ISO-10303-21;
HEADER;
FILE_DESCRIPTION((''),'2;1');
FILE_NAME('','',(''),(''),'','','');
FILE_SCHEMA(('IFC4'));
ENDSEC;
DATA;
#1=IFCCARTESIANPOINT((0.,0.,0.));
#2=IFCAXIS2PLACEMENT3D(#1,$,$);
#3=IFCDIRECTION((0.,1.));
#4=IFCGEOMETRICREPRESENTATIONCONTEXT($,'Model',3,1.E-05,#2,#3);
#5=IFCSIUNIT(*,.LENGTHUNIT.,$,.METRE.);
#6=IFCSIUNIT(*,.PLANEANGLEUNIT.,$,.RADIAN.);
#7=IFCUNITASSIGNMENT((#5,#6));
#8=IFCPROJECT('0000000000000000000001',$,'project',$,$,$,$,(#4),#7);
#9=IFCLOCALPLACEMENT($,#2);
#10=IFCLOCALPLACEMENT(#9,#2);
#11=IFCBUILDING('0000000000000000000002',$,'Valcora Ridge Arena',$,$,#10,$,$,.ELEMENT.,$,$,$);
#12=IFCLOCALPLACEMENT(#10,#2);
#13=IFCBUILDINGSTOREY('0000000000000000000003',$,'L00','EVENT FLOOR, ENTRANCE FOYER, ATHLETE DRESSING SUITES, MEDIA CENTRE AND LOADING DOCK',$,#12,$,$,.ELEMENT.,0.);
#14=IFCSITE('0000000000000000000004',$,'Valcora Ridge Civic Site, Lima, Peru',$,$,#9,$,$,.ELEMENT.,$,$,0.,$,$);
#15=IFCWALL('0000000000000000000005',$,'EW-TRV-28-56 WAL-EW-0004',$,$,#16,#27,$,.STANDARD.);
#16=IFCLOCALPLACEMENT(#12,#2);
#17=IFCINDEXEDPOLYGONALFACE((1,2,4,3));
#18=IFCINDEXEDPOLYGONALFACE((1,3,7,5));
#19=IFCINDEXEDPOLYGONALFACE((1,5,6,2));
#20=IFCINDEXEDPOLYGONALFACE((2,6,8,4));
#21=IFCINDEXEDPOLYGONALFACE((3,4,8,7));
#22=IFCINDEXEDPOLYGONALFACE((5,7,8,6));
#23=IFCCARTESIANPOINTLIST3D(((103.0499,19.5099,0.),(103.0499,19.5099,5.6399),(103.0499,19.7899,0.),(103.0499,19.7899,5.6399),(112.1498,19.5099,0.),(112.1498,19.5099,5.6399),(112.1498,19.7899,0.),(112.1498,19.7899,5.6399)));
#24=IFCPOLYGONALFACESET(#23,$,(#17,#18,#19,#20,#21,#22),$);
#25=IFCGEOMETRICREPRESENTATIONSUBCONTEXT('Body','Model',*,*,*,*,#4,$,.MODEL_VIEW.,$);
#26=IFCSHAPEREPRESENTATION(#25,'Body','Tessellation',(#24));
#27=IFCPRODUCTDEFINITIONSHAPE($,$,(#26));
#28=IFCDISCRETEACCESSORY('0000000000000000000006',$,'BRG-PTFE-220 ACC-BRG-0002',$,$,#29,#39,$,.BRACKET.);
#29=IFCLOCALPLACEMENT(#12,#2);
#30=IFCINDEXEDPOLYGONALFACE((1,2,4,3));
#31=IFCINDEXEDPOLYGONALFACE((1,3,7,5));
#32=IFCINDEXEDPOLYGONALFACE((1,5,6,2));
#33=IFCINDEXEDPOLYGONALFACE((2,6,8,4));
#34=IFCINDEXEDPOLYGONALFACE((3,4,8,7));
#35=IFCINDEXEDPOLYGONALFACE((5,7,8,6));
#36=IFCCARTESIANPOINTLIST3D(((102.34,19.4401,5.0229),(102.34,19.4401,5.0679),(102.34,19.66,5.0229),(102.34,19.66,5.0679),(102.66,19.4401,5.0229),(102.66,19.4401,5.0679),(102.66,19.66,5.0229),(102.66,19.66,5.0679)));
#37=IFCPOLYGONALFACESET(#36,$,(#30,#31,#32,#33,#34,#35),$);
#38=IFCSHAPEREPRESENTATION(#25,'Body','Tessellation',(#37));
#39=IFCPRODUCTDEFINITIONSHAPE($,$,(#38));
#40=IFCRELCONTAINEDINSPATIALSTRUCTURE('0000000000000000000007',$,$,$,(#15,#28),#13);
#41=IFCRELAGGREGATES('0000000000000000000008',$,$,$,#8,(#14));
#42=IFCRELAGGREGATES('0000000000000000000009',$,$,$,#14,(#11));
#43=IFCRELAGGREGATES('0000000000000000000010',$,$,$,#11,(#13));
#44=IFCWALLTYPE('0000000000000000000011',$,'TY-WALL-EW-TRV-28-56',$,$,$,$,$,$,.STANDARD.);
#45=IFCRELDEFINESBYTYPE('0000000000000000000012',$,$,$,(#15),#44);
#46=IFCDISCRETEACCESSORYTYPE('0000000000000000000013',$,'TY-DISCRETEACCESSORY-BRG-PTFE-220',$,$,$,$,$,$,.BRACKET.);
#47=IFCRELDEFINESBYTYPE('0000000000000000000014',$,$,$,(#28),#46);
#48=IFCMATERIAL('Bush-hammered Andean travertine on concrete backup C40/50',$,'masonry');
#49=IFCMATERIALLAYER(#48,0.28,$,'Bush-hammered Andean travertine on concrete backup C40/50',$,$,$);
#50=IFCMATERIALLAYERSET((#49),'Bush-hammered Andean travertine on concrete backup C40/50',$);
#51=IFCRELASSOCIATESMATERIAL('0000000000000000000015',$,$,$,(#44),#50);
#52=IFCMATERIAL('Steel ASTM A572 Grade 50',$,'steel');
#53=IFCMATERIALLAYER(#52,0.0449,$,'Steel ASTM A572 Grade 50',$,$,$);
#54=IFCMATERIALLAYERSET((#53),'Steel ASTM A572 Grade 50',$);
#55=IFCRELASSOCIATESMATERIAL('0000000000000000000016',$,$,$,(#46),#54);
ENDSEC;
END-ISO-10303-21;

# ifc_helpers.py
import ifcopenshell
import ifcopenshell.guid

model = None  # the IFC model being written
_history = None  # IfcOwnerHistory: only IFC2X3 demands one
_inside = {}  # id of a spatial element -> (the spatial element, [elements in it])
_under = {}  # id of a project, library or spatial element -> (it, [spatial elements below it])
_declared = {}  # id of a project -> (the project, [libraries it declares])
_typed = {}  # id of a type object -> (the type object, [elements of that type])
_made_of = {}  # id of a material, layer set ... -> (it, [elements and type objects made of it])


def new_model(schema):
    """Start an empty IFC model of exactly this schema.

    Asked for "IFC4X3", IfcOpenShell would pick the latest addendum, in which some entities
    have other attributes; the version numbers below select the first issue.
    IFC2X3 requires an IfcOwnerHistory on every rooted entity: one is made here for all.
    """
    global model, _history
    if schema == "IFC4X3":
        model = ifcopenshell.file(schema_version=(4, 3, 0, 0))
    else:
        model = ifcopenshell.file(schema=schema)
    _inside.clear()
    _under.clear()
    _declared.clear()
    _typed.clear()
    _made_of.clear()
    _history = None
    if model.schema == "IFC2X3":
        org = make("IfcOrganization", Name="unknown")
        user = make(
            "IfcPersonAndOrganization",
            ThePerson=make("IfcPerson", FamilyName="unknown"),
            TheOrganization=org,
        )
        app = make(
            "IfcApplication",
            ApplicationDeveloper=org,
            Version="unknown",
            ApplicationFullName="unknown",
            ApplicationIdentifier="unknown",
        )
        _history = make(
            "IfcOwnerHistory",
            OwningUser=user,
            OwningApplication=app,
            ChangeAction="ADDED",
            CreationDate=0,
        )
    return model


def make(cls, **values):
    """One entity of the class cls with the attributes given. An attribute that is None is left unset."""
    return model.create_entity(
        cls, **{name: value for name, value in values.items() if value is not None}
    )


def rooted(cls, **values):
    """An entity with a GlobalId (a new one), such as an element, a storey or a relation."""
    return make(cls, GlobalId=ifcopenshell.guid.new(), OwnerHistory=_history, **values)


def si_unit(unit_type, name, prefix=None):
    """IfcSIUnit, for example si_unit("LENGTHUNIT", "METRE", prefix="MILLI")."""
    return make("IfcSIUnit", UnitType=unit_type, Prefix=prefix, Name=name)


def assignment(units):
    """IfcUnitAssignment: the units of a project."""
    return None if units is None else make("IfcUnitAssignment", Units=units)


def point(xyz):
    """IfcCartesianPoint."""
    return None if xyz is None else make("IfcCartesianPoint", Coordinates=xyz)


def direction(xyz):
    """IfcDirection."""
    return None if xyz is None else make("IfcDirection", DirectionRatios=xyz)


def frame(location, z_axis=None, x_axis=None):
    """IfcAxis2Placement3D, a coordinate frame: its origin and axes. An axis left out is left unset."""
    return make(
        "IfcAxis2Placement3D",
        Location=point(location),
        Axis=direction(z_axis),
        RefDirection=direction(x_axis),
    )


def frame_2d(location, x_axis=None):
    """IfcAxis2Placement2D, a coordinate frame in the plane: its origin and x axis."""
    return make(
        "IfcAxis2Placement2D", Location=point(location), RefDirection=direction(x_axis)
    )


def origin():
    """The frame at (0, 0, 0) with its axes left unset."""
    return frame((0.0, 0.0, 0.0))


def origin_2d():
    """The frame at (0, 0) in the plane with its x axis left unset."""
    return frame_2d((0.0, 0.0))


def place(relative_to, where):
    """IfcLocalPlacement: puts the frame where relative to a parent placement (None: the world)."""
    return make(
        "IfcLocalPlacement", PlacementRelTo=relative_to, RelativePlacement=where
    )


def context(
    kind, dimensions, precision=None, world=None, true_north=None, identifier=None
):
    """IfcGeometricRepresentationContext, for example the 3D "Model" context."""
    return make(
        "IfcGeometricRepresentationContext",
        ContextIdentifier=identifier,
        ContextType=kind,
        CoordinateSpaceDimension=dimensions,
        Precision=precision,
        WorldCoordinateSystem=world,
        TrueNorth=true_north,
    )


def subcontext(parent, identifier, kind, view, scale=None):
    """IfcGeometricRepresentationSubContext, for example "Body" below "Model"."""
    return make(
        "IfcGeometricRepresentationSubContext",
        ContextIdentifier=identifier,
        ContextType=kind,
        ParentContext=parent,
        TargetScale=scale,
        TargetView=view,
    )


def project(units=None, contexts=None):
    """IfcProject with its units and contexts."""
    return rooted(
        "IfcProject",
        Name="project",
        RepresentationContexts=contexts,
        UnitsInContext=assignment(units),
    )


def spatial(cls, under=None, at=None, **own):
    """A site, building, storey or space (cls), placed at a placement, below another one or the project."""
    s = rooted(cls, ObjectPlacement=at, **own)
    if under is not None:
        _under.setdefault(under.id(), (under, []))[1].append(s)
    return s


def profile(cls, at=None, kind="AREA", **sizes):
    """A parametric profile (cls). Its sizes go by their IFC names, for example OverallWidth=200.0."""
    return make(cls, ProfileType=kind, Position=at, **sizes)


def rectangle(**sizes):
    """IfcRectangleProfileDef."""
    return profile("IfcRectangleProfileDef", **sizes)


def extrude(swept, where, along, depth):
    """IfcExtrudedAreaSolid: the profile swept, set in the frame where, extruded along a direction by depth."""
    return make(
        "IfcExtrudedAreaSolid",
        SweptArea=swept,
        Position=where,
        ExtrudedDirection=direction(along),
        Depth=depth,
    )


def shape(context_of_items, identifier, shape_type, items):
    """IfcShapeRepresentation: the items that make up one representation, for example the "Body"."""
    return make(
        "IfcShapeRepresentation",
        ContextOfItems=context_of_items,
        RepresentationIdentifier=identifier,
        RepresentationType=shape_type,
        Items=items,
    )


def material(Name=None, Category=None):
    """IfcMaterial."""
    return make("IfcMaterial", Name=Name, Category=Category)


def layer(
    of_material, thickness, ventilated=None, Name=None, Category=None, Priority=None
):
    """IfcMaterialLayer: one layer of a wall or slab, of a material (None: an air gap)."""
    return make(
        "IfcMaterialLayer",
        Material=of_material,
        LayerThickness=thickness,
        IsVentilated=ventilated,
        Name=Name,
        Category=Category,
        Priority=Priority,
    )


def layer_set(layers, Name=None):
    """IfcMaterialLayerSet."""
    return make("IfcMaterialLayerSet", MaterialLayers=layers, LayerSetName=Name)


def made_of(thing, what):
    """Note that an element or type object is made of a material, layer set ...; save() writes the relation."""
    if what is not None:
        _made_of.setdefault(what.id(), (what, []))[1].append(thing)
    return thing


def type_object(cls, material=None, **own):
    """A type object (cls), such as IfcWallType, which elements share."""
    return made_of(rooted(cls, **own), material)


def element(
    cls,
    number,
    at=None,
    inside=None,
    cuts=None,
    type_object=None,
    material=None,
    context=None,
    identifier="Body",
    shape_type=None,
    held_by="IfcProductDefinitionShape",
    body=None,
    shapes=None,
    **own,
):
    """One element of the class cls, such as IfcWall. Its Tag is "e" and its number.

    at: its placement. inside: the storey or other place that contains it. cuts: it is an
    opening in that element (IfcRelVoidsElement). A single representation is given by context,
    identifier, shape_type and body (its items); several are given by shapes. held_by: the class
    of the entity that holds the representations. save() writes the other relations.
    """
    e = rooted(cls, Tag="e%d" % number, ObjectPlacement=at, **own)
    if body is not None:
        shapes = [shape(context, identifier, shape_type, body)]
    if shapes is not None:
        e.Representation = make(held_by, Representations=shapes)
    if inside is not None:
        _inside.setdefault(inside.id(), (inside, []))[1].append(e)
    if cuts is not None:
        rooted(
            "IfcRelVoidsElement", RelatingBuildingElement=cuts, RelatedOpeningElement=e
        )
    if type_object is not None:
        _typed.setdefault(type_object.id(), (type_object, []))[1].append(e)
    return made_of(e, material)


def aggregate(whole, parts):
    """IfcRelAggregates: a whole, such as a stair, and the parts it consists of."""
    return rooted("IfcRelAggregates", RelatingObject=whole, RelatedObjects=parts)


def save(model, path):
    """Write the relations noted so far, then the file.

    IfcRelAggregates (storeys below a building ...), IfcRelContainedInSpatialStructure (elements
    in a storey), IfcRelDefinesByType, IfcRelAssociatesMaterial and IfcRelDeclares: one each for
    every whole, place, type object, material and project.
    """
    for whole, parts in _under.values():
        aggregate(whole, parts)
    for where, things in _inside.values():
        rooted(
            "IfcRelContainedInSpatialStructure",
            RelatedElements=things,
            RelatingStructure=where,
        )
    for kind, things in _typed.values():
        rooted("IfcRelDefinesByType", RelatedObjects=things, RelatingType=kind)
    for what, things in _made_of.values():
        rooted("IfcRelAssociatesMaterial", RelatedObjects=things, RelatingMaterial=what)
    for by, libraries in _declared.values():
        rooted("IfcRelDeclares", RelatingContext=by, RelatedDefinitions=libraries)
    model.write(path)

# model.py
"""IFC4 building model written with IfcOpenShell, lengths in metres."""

from ifc_helpers import new_model, si_unit, direction, frame, frame_2d, origin, origin_2d, place, context, subcontext, project, spatial, rectangle, extrude, material, layer, layer_set, type_object, element, save


model = new_model("IFC4")

# Units and contexts
model_context = context("Model", 3, precision=1e-05, world=origin(), true_north=direction((0.0, 1.0)))
body_context = subcontext(model_context, "Body", "Model", "MODEL_VIEW")
ifc_project = project(units=[si_unit("LENGTHUNIT", "METRE"), si_unit("PLANEANGLEUNIT", "RADIAN")], contexts=[model_context])

# Site, building, storey
site_placement = place(None, origin())
site = spatial("IfcSite", under=ifc_project, at=site_placement, Name="Valcora Ridge Civic Site, Lima, Peru", CompositionType="ELEMENT", RefElevation=0.0)
building_placement = place(site_placement, origin())
building = spatial("IfcBuilding", under=site, at=building_placement, Name="Valcora Ridge Arena", CompositionType="ELEMENT")
storey_placement = place(building_placement, origin())
storey = spatial("IfcBuildingStorey", under=building, at=storey_placement, Name="L00", Description="EVENT FLOOR, ENTRANCE FOYER, ATHLETE DRESSING SUITES, MEDIA CENTRE AND LOADING DOCK", CompositionType="ELEMENT", Elevation=0.0)

# Shared definitions
ifc_material_1 = material(Name="Steel ASTM A572 Grade 50", Category="steel")

# Wall
ifc_material_2 = material(Name="Bush-hammered Andean travertine on concrete backup C40/50", Category="masonry")
ifc_layer_1 = layer(ifc_material_2, 0.28, Name="Bush-hammered Andean travertine on concrete backup C40/50")
ifc_layer_set_1 = layer_set([ifc_layer_1], Name="Bush-hammered Andean travertine on concrete backup C40/50")
wall_type = type_object("IfcWallType", Name="TY-WALL-EW-TRV-28-56", PredefinedType="STANDARD", material=ifc_layer_set_1)
wall_placement = place(storey_placement, frame((103.05, 19.6499, 0.0), z_axis=(0.0, 0.0, 1.0), x_axis=(1.0, 0.0, 0.0)))
element("IfcWall", 1, at=wall_placement, inside=storey, type_object=wall_type, Name="EW-TRV-28-56 WAL-EW-0004", PredefinedType="STANDARD", context=body_context, shape_type="SweptSolid", body=[
    extrude(rectangle(XDim=9.0999, YDim=0.28, at=frame_2d((4.5498, 0.0))), origin(), (0.0, 0.0, 1.0), 5.6399),
])

# Discrete accessory
ifc_layer_2 = layer(ifc_material_1, 0.0449, Name="Steel ASTM A572 Grade 50")
ifc_layer_set_2 = layer_set([ifc_layer_2], Name="Steel ASTM A572 Grade 50")
discrete_accessory_type = type_object("IfcDiscreteAccessoryType", Name="TY-DISCRETEACCESSORY-BRG-PTFE-220", PredefinedType="BRACKET", material=ifc_layer_set_2)
discrete_accessory_placement = place(storey_placement, frame((102.5, 19.55, 5.0229), z_axis=(0.0, 0.0, 1.0), x_axis=(1.0, 0.0, 0.0)))
element("IfcDiscreteAccessory", 2, at=discrete_accessory_placement, inside=storey, type_object=discrete_accessory_type, Name="BRG-PTFE-220 ACC-BRG-0002", PredefinedType="BRACKET", context=body_context, shape_type="SweptSolid", body=[
    extrude(rectangle(XDim=0.3201, YDim=0.22, at=origin_2d()), origin(), (0.0, 0.0, 1.0), 0.0449),
])

save(model, "model.ifc")
